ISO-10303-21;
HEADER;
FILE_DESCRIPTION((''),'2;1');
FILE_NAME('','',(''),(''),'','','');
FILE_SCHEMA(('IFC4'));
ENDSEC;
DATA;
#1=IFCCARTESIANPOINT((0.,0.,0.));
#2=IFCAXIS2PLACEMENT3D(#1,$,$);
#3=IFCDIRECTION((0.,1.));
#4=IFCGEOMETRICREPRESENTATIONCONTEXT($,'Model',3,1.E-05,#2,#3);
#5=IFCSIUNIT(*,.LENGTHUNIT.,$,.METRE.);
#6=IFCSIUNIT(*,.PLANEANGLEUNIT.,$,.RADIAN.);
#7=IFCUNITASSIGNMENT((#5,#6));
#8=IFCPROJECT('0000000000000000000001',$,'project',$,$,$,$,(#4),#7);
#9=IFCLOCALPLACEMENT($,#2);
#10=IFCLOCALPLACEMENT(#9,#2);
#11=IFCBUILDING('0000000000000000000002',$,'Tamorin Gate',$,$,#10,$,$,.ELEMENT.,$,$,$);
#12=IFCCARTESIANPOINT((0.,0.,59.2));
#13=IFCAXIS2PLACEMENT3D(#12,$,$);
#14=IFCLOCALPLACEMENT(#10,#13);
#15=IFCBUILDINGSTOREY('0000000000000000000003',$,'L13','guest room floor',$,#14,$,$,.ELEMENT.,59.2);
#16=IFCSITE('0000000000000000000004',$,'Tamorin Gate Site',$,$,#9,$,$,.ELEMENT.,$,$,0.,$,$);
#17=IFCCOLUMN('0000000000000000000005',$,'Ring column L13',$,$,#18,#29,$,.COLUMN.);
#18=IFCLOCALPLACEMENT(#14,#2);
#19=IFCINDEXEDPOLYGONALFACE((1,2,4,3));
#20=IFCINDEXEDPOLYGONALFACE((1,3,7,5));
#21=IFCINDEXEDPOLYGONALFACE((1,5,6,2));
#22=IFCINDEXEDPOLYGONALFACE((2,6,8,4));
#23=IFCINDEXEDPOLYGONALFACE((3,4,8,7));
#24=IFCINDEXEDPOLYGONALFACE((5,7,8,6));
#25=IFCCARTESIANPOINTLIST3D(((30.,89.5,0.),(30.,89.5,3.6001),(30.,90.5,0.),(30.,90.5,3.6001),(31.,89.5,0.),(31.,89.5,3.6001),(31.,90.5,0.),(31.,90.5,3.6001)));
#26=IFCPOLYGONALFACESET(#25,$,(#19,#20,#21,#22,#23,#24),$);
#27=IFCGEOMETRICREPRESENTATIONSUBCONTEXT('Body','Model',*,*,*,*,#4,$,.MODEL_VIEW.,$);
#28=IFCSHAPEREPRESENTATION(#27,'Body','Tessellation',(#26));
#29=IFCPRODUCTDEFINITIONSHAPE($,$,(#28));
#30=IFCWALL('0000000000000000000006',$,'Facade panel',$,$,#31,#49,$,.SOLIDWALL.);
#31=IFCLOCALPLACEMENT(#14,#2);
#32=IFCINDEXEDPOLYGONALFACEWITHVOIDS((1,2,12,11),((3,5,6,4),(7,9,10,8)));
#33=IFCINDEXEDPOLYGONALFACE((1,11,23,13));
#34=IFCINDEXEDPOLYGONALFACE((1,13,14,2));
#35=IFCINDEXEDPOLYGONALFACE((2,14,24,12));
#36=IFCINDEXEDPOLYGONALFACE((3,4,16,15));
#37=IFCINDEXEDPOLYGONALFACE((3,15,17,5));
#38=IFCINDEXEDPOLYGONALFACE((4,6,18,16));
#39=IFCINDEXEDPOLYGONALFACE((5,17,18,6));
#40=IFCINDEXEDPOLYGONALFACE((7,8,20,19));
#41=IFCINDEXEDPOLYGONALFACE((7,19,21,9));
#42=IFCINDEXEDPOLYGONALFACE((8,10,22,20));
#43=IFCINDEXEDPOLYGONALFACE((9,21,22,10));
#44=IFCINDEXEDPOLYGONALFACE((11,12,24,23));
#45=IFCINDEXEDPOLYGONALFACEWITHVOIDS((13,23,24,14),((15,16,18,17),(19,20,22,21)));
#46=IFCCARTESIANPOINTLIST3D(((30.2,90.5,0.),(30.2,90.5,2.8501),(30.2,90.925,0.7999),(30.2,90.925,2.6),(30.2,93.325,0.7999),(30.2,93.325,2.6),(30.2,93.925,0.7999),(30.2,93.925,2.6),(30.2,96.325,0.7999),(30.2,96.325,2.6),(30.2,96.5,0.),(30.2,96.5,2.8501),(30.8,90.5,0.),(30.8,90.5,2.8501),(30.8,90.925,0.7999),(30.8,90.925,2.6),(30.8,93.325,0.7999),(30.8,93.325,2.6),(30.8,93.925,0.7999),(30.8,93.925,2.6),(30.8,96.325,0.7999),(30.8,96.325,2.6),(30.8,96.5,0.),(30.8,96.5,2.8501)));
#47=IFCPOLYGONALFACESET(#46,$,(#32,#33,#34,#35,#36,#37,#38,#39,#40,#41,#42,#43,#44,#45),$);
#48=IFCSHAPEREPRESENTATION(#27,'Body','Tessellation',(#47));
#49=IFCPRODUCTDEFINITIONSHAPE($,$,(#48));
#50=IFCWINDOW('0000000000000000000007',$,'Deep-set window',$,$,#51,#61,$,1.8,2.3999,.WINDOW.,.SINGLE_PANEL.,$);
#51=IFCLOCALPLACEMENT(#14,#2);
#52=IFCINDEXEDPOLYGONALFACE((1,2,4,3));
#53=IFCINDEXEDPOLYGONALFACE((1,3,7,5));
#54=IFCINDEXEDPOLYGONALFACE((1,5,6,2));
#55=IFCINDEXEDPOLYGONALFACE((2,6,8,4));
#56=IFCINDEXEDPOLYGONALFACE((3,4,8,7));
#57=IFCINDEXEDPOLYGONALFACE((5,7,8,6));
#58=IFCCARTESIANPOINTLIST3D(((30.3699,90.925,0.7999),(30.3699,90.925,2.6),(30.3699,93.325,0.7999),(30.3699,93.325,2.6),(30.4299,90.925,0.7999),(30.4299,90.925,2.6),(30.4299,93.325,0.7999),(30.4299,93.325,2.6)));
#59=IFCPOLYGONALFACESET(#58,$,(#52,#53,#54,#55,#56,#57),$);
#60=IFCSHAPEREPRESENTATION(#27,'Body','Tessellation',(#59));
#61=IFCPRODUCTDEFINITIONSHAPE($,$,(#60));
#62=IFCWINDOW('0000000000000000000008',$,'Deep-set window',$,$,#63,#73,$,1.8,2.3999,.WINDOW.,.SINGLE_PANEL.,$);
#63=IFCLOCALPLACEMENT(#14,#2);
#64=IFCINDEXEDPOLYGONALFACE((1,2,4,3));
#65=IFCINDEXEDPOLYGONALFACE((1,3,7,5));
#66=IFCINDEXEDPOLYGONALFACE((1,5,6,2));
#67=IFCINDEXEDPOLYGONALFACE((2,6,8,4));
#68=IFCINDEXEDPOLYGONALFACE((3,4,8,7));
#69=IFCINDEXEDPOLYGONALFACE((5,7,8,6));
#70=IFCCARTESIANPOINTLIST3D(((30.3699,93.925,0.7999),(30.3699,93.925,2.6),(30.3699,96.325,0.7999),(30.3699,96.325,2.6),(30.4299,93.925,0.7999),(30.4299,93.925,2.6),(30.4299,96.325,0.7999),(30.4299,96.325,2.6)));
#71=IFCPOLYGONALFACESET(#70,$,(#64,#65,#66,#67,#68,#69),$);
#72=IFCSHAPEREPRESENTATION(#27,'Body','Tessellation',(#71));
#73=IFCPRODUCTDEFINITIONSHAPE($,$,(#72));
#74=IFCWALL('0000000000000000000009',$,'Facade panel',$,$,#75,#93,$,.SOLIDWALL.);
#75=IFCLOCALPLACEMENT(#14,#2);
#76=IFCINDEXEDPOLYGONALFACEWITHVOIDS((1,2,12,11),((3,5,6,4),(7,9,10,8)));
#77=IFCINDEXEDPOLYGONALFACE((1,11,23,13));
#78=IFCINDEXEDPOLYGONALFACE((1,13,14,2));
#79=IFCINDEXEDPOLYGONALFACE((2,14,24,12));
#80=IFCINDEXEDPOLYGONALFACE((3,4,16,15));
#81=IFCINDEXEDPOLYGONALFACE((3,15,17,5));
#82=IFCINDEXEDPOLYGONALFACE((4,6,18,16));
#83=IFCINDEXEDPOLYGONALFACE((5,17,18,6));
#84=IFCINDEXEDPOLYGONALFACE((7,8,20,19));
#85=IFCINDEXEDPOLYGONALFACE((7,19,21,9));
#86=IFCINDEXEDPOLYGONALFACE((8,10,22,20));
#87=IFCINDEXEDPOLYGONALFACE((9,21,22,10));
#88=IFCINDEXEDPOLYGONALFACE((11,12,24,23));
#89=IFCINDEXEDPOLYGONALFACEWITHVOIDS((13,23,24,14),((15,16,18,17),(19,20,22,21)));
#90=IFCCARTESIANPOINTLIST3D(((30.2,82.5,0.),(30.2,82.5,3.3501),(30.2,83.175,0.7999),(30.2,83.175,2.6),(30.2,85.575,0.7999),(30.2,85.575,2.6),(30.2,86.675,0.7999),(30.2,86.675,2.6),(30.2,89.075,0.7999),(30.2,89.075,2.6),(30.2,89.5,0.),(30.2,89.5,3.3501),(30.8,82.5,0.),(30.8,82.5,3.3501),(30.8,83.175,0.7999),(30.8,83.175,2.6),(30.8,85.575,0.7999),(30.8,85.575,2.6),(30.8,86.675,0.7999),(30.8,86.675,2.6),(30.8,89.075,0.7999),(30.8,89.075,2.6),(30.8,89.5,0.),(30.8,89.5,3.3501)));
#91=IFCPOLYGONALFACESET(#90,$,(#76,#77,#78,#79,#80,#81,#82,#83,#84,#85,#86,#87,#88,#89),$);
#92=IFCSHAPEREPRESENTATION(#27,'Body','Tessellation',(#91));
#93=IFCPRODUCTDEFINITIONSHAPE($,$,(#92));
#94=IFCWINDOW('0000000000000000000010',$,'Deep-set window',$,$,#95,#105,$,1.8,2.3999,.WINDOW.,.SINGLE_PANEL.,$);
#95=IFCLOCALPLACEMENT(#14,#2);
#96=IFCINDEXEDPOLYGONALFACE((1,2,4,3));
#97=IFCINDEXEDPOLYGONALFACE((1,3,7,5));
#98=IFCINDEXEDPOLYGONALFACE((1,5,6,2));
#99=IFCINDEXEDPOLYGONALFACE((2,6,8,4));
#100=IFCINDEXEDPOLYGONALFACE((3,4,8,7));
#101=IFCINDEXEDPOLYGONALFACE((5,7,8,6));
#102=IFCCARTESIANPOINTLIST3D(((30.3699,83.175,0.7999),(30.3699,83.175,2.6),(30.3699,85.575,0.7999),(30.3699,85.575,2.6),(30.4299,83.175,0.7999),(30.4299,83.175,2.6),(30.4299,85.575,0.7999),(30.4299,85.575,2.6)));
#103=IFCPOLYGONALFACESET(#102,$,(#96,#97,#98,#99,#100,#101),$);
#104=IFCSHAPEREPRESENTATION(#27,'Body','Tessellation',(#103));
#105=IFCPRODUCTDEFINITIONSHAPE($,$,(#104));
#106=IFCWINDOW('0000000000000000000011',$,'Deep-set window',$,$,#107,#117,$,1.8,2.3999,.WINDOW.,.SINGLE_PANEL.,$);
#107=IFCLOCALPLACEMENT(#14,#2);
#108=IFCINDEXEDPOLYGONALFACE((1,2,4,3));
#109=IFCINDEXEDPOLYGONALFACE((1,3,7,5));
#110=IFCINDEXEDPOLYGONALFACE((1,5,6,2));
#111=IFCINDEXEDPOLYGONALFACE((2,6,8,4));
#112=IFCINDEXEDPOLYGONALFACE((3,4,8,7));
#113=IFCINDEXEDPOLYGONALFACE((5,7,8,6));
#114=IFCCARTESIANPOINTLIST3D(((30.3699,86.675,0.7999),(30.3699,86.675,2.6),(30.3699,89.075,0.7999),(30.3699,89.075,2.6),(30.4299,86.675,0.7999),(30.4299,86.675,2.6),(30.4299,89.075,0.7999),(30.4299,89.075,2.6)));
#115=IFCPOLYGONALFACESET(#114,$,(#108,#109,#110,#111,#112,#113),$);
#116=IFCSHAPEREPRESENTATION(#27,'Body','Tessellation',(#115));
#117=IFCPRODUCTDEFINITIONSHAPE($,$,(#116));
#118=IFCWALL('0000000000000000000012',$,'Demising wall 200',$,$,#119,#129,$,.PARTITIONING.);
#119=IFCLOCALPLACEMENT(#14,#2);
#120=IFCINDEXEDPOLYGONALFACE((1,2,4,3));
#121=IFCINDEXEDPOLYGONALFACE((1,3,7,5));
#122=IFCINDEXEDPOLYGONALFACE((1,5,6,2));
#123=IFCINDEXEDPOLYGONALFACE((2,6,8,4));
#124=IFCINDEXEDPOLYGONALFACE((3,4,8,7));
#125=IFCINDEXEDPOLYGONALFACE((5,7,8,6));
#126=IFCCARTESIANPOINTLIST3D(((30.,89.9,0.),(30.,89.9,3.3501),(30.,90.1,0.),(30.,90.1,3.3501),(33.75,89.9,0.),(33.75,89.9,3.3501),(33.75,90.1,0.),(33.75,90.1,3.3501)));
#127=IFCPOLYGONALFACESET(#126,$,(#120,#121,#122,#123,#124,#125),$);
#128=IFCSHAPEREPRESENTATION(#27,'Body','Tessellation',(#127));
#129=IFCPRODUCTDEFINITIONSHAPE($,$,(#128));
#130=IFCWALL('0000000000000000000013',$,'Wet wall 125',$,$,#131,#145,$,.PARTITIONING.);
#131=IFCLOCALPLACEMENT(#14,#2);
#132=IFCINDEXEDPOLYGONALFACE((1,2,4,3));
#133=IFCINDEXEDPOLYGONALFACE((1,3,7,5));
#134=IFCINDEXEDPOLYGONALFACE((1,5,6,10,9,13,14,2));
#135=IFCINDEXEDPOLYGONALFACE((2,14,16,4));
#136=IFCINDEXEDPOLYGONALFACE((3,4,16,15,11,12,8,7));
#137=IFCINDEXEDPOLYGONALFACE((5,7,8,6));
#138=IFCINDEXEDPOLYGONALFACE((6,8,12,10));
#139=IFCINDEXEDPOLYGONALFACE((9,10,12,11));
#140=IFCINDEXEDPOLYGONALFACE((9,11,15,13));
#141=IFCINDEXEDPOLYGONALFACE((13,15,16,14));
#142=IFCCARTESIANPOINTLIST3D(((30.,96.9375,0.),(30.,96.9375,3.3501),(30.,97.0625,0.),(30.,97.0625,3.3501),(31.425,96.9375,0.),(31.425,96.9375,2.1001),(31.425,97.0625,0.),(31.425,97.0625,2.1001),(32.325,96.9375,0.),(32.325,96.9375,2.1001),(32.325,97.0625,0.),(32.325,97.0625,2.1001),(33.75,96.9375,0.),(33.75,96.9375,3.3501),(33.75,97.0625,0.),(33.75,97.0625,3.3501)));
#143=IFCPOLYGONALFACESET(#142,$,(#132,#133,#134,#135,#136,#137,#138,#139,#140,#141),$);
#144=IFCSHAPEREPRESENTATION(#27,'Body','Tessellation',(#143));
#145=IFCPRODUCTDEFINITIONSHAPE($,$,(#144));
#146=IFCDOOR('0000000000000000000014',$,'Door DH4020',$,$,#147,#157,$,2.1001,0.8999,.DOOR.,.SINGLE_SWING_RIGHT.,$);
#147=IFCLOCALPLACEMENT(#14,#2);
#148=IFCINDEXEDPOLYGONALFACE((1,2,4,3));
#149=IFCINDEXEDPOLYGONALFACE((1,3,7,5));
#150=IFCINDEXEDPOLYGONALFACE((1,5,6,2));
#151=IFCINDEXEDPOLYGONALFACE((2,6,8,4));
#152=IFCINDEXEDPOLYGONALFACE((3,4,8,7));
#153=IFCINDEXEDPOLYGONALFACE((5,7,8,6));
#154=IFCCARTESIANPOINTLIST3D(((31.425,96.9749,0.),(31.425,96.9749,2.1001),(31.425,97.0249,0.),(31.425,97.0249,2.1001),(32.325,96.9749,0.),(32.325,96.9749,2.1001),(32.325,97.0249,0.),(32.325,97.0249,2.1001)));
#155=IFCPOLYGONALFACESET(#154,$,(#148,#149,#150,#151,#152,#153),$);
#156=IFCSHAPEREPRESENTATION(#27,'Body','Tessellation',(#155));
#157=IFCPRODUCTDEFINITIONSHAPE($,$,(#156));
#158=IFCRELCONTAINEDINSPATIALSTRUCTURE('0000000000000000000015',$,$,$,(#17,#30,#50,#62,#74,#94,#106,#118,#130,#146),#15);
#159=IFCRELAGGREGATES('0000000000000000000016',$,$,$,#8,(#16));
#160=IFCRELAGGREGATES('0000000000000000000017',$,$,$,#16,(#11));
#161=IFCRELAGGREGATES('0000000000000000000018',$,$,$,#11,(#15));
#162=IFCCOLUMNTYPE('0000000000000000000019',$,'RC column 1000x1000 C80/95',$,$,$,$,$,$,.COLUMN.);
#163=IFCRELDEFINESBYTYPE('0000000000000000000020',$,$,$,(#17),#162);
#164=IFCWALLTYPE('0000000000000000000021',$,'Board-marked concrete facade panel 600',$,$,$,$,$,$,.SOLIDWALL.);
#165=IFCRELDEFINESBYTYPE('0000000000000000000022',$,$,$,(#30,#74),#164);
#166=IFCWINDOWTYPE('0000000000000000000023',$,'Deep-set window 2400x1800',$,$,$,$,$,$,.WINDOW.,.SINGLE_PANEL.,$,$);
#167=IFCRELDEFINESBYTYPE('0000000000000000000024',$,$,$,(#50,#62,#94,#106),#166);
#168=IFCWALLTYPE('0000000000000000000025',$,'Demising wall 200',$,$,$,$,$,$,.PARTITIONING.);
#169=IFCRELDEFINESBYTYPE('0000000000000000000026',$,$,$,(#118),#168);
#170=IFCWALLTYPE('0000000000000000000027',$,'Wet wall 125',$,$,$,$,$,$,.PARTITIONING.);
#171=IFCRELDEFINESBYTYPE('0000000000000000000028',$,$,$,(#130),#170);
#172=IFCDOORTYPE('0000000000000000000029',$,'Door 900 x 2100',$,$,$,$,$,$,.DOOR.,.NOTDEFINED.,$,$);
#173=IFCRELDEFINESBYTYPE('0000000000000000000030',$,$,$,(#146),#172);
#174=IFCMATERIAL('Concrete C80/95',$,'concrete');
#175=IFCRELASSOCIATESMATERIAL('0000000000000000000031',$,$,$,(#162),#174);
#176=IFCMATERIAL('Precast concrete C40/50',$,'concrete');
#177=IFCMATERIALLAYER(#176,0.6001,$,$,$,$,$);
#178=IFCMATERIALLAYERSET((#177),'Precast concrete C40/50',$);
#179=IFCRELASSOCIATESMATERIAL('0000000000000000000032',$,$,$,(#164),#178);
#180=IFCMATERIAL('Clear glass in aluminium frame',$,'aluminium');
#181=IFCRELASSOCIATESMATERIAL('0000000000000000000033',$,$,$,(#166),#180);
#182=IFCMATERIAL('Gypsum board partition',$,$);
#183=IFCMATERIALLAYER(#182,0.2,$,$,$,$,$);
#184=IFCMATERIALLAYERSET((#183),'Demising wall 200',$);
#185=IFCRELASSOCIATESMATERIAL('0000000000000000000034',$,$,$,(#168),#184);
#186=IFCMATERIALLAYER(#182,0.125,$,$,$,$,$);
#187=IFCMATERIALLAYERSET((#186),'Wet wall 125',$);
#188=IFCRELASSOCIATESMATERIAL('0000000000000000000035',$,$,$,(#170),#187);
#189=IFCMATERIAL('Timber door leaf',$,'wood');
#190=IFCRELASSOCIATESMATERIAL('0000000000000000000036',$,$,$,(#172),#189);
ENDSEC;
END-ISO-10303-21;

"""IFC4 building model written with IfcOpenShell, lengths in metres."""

from ifc_helpers import new_model, si_unit, direction, frame, frame_2d, origin, origin_2d, place, context, subcontext, project, spatial, rectangle, extrude, material, layer, layer_set, material_profile, profile_set, type_object, element, fill, save


model = new_model("IFC4")

# Units and contexts
model_context = context("Model", 3, precision=1e-05, world=origin(), true_north=direction((0.0, 1.0)))
body_context = subcontext(model_context, "Body", "Model", "MODEL_VIEW")
ifc_project = project(units=[si_unit("LENGTHUNIT", "METRE"), si_unit("PLANEANGLEUNIT", "RADIAN")], contexts=[model_context])

# Site, building, storey
site_placement = place(None, origin())
site = spatial("IfcSite", under=ifc_project, at=site_placement, Name="Tamorin Gate Site", CompositionType="ELEMENT", RefElevation=0.0)
building_placement = place(site_placement, origin())
building = spatial("IfcBuilding", under=site, at=building_placement, Name="Tamorin Gate", CompositionType="ELEMENT")
storey_placement = place(building_placement, frame((0.0, 0.0, 59.2)))
storey = spatial("IfcBuildingStorey", under=building, at=storey_placement, Name="L13", Description="guest room floor", CompositionType="ELEMENT", Elevation=59.2)

# Column
ifc_material_1 = material(Name="Concrete C80/95", Category="concrete")
ifc_material_profile = material_profile(ifc_material_1, rectangle(XDim=1.0, YDim=1.0, at=origin_2d()), Name="RC 1000x1000")
ifc_profile_set = profile_set([ifc_material_profile], Name="Concrete C80/95")
column_type = type_object("IfcColumnType", Name="RC column 1000x1000 C80/95", PredefinedType="COLUMN", material=ifc_profile_set)
column_placement = place(storey_placement, frame((30.5, 90.0, 0.0), z_axis=(0.0, 0.0, 1.0), x_axis=(1.0, 0.0, 0.0)))
element("IfcColumn", 1, at=column_placement, inside=storey, type_object=column_type, Name="Ring column L13", PredefinedType="COLUMN", context=body_context, shape_type="SweptSolid", body=[
    extrude(rectangle(XDim=1.0, YDim=1.0, at=origin_2d()), origin(), (0.0, 0.0, 1.0), 3.6001),
])

# Walls, openings, windows
ifc_material_2 = material(Name="Precast concrete C40/50", Category="concrete")
ifc_layer_1 = layer(ifc_material_2, 0.6001)
ifc_layer_set_1 = layer_set([ifc_layer_1], Name="Precast concrete C40/50")
wall_type_1 = type_object("IfcWallType", Name="Board-marked concrete facade panel 600", PredefinedType="SOLIDWALL", material=ifc_layer_set_1)
wall_1_placement = place(storey_placement, frame((30.5, 96.5, 0.0), z_axis=(0.0, 0.0, 1.0), x_axis=(0.0, -1.0, 0.0)))
wall_1 = element("IfcWall", 2, at=wall_1_placement, inside=storey, type_object=wall_type_1, Name="Facade panel", PredefinedType="SOLIDWALL", context=body_context, shape_type="SweptSolid", body=[
    extrude(rectangle(XDim=6.0, YDim=0.6001, at=frame_2d((3.0, 0.0))), origin(), (0.0, 0.0, 1.0), 2.8501),
])
opening_1_placement = place(wall_1_placement, frame((3.175, 0.0, 0.8)))
opening_1 = element("IfcOpeningElement", 3, at=opening_1_placement, cuts=wall_1, PredefinedType="OPENING", context=body_context, shape_type="SweptSolid", body=[
    extrude(rectangle(XDim=2.3999, YDim=1.8, at=frame_2d((1.2, 0.8999))), frame((0.0, 0.3101, 0.0), z_axis=(0.0, -1.0, 0.0), x_axis=(1.0, 0.0, 0.0)), (0.0, 0.0, 1.0), 0.6201),
])
opening_2_placement = place(wall_1_placement, frame((0.175, 0.0, 0.8)))
opening_2 = element("IfcOpeningElement", 4, at=opening_2_placement, cuts=wall_1, PredefinedType="OPENING", context=body_context, shape_type="SweptSolid", body=[
    extrude(rectangle(XDim=2.3999, YDim=1.8, at=frame_2d((1.2, 0.8999))), frame((0.0, 0.3101, 0.0), z_axis=(0.0, -1.0, 0.0), x_axis=(1.0, 0.0, 0.0)), (0.0, 0.0, 1.0), 0.6201),
])
ifc_material_3 = material(Name="Clear glass in aluminium frame", Category="aluminium")
window_type = type_object("IfcWindowType", Name="Deep-set window 2400x1800", PartitioningType="SINGLE_PANEL", PredefinedType="WINDOW", material=ifc_material_3)
window_1_placement = place(opening_1_placement, origin())
window_1 = element("IfcWindow", 5, at=window_1_placement, inside=storey, type_object=window_type, Name="Deep-set window", OverallHeight=1.8, OverallWidth=2.3999, PartitioningType="SINGLE_PANEL", PredefinedType="WINDOW", context=body_context, shape_type="SweptSolid", body=[
    extrude(rectangle(XDim=2.3999, YDim=1.8, at=frame_2d((1.2, 0.8999))), frame((0.0, -0.0701, 0.0), z_axis=(0.0, -1.0, 0.0), x_axis=(1.0, 0.0, 0.0)), (0.0, 0.0, 1.0), 0.0601),
])
fill(opening_1, window_1)
window_2_placement = place(opening_2_placement, origin())
window_2 = element("IfcWindow", 6, at=window_2_placement, inside=storey, type_object=window_type, Name="Deep-set window", OverallHeight=1.8, OverallWidth=2.3999, PartitioningType="SINGLE_PANEL", PredefinedType="WINDOW", context=body_context, shape_type="SweptSolid", body=[
    extrude(rectangle(XDim=2.3999, YDim=1.8, at=frame_2d((1.2, 0.8999))), frame((0.0, -0.0701, 0.0), z_axis=(0.0, -1.0, 0.0), x_axis=(1.0, 0.0, 0.0)), (0.0, 0.0, 1.0), 0.0601),
])
fill(opening_2, window_2)
wall_2_placement = place(storey_placement, frame((30.5, 89.5, 0.0), z_axis=(0.0, 0.0, 1.0), x_axis=(0.0, -1.0, 0.0)))
wall_2 = element("IfcWall", 7, at=wall_2_placement, inside=storey, type_object=wall_type_1, Name="Facade panel", PredefinedType="SOLIDWALL", context=body_context, shape_type="SweptSolid", body=[
    extrude(rectangle(XDim=7.0, YDim=0.6001, at=frame_2d((3.5, 0.0))), origin(), (0.0, 0.0, 1.0), 3.3501),
])
opening_3_placement = place(wall_2_placement, frame((3.925, 0.0, 0.8)))
opening_3 = element("IfcOpeningElement", 8, at=opening_3_placement, cuts=wall_2, PredefinedType="OPENING", context=body_context, shape_type="SweptSolid", body=[
    extrude(rectangle(XDim=2.3999, YDim=1.8, at=frame_2d((1.2, 0.8999))), frame((0.0, 0.3101, 0.0), z_axis=(0.0, -1.0, 0.0), x_axis=(1.0, 0.0, 0.0)), (0.0, 0.0, 1.0), 0.6201),
])
opening_4_placement = place(wall_2_placement, frame((0.425, 0.0, 0.8)))
opening_4 = element("IfcOpeningElement", 9, at=opening_4_placement, cuts=wall_2, PredefinedType="OPENING", context=body_context, shape_type="SweptSolid", body=[
    extrude(rectangle(XDim=2.3999, YDim=1.8, at=frame_2d((1.2, 0.8999))), frame((0.0, 0.3101, 0.0), z_axis=(0.0, -1.0, 0.0), x_axis=(1.0, 0.0, 0.0)), (0.0, 0.0, 1.0), 0.6201),
])
window_3_placement = place(opening_3_placement, origin())
window_3 = element("IfcWindow", 10, at=window_3_placement, inside=storey, type_object=window_type, Name="Deep-set window", OverallHeight=1.8, OverallWidth=2.3999, PartitioningType="SINGLE_PANEL", PredefinedType="WINDOW", context=body_context, shape_type="SweptSolid", body=[
    extrude(rectangle(XDim=2.3999, YDim=1.8, at=frame_2d((1.2, 0.8999))), frame((0.0, -0.0701, 0.0), z_axis=(0.0, -1.0, 0.0), x_axis=(1.0, 0.0, 0.0)), (0.0, 0.0, 1.0), 0.0601),
])
fill(opening_3, window_3)
window_4_placement = place(opening_4_placement, origin())
window_4 = element("IfcWindow", 11, at=window_4_placement, inside=storey, type_object=window_type, Name="Deep-set window", OverallHeight=1.8, OverallWidth=2.3999, PartitioningType="SINGLE_PANEL", PredefinedType="WINDOW", context=body_context, shape_type="SweptSolid", body=[
    extrude(rectangle(XDim=2.3999, YDim=1.8, at=frame_2d((1.2, 0.8999))), frame((0.0, -0.0701, 0.0), z_axis=(0.0, -1.0, 0.0), x_axis=(1.0, 0.0, 0.0)), (0.0, 0.0, 1.0), 0.0601),
])
fill(opening_4, window_4)

# Wall
ifc_material_4 = material(Name="Gypsum board partition")
ifc_layer_2 = layer(ifc_material_4, 0.2)
ifc_layer_set_2 = layer_set([ifc_layer_2], Name="Demising wall 200")
wall_type_2 = type_object("IfcWallType", Name="Demising wall 200", PredefinedType="PARTITIONING", material=ifc_layer_set_2)
wall_3_placement = place(storey_placement, frame((30.0, 90.0, 0.0), z_axis=(0.0, 0.0, 1.0), x_axis=(1.0, 0.0, 0.0)))
element("IfcWall", 12, at=wall_3_placement, inside=storey, type_object=wall_type_2, Name="Demising wall 200", PredefinedType="PARTITIONING", context=body_context, shape_type="SweptSolid", body=[
    extrude(rectangle(XDim=3.75, YDim=0.2, at=frame_2d((1.875, 0.0))), origin(), (0.0, 0.0, 1.0), 3.3501),
])

# Wall, opening, door
ifc_layer_3 = layer(ifc_material_4, 0.125)
ifc_layer_set_3 = layer_set([ifc_layer_3], Name="Wet wall 125")
wall_type_3 = type_object("IfcWallType", Name="Wet wall 125", PredefinedType="PARTITIONING", material=ifc_layer_set_3)
wall_4_placement = place(storey_placement, frame((30.0, 97.0, 0.0), z_axis=(0.0, 0.0, 1.0), x_axis=(1.0, 0.0, 0.0)))
wall_4 = element("IfcWall", 13, at=wall_4_placement, inside=storey, type_object=wall_type_3, Name="Wet wall 125", PredefinedType="PARTITIONING", context=body_context, shape_type="SweptSolid", body=[
    extrude(rectangle(XDim=3.75, YDim=0.125, at=frame_2d((1.875, 0.0))), origin(), (0.0, 0.0, 1.0), 3.3501),
])
opening_5_placement = place(wall_4_placement, frame((1.425, 0.0, 0.0)))
opening_5 = element("IfcOpeningElement", 14, at=opening_5_placement, cuts=wall_4, PredefinedType="OPENING", context=body_context, shape_type="SweptSolid", body=[
    extrude(rectangle(XDim=0.8999, YDim=2.1001, at=frame_2d((0.45, 1.05))), frame((0.0, 0.0725, 0.0), z_axis=(0.0, -1.0, 0.0), x_axis=(1.0, 0.0, 0.0)), (0.0, 0.0, 1.0), 0.145),
])
ifc_material_5 = material(Name="Timber door leaf", Category="wood")
door_type = type_object("IfcDoorType", Name="Door 900 x 2100", OperationType="NOTDEFINED", PredefinedType="DOOR", material=ifc_material_5)
door_placement = place(opening_5_placement, origin())
door = element("IfcDoor", 15, at=door_placement, inside=storey, type_object=door_type, Name="Door DH4020", OperationType="SINGLE_SWING_RIGHT", OverallHeight=2.1001, OverallWidth=0.8999, PredefinedType="DOOR", context=body_context, shape_type="SweptSolid", body=[
    extrude(rectangle(XDim=0.8999, YDim=2.1001, at=frame_2d((0.45, 1.05))), frame((0.0, 0.0249, 0.0), z_axis=(0.0, -1.0, 0.0), x_axis=(1.0, 0.0, 0.0)), (0.0, 0.0, 1.0), 0.05),
])
fill(opening_5, door)

save(model, "model.ifc")
